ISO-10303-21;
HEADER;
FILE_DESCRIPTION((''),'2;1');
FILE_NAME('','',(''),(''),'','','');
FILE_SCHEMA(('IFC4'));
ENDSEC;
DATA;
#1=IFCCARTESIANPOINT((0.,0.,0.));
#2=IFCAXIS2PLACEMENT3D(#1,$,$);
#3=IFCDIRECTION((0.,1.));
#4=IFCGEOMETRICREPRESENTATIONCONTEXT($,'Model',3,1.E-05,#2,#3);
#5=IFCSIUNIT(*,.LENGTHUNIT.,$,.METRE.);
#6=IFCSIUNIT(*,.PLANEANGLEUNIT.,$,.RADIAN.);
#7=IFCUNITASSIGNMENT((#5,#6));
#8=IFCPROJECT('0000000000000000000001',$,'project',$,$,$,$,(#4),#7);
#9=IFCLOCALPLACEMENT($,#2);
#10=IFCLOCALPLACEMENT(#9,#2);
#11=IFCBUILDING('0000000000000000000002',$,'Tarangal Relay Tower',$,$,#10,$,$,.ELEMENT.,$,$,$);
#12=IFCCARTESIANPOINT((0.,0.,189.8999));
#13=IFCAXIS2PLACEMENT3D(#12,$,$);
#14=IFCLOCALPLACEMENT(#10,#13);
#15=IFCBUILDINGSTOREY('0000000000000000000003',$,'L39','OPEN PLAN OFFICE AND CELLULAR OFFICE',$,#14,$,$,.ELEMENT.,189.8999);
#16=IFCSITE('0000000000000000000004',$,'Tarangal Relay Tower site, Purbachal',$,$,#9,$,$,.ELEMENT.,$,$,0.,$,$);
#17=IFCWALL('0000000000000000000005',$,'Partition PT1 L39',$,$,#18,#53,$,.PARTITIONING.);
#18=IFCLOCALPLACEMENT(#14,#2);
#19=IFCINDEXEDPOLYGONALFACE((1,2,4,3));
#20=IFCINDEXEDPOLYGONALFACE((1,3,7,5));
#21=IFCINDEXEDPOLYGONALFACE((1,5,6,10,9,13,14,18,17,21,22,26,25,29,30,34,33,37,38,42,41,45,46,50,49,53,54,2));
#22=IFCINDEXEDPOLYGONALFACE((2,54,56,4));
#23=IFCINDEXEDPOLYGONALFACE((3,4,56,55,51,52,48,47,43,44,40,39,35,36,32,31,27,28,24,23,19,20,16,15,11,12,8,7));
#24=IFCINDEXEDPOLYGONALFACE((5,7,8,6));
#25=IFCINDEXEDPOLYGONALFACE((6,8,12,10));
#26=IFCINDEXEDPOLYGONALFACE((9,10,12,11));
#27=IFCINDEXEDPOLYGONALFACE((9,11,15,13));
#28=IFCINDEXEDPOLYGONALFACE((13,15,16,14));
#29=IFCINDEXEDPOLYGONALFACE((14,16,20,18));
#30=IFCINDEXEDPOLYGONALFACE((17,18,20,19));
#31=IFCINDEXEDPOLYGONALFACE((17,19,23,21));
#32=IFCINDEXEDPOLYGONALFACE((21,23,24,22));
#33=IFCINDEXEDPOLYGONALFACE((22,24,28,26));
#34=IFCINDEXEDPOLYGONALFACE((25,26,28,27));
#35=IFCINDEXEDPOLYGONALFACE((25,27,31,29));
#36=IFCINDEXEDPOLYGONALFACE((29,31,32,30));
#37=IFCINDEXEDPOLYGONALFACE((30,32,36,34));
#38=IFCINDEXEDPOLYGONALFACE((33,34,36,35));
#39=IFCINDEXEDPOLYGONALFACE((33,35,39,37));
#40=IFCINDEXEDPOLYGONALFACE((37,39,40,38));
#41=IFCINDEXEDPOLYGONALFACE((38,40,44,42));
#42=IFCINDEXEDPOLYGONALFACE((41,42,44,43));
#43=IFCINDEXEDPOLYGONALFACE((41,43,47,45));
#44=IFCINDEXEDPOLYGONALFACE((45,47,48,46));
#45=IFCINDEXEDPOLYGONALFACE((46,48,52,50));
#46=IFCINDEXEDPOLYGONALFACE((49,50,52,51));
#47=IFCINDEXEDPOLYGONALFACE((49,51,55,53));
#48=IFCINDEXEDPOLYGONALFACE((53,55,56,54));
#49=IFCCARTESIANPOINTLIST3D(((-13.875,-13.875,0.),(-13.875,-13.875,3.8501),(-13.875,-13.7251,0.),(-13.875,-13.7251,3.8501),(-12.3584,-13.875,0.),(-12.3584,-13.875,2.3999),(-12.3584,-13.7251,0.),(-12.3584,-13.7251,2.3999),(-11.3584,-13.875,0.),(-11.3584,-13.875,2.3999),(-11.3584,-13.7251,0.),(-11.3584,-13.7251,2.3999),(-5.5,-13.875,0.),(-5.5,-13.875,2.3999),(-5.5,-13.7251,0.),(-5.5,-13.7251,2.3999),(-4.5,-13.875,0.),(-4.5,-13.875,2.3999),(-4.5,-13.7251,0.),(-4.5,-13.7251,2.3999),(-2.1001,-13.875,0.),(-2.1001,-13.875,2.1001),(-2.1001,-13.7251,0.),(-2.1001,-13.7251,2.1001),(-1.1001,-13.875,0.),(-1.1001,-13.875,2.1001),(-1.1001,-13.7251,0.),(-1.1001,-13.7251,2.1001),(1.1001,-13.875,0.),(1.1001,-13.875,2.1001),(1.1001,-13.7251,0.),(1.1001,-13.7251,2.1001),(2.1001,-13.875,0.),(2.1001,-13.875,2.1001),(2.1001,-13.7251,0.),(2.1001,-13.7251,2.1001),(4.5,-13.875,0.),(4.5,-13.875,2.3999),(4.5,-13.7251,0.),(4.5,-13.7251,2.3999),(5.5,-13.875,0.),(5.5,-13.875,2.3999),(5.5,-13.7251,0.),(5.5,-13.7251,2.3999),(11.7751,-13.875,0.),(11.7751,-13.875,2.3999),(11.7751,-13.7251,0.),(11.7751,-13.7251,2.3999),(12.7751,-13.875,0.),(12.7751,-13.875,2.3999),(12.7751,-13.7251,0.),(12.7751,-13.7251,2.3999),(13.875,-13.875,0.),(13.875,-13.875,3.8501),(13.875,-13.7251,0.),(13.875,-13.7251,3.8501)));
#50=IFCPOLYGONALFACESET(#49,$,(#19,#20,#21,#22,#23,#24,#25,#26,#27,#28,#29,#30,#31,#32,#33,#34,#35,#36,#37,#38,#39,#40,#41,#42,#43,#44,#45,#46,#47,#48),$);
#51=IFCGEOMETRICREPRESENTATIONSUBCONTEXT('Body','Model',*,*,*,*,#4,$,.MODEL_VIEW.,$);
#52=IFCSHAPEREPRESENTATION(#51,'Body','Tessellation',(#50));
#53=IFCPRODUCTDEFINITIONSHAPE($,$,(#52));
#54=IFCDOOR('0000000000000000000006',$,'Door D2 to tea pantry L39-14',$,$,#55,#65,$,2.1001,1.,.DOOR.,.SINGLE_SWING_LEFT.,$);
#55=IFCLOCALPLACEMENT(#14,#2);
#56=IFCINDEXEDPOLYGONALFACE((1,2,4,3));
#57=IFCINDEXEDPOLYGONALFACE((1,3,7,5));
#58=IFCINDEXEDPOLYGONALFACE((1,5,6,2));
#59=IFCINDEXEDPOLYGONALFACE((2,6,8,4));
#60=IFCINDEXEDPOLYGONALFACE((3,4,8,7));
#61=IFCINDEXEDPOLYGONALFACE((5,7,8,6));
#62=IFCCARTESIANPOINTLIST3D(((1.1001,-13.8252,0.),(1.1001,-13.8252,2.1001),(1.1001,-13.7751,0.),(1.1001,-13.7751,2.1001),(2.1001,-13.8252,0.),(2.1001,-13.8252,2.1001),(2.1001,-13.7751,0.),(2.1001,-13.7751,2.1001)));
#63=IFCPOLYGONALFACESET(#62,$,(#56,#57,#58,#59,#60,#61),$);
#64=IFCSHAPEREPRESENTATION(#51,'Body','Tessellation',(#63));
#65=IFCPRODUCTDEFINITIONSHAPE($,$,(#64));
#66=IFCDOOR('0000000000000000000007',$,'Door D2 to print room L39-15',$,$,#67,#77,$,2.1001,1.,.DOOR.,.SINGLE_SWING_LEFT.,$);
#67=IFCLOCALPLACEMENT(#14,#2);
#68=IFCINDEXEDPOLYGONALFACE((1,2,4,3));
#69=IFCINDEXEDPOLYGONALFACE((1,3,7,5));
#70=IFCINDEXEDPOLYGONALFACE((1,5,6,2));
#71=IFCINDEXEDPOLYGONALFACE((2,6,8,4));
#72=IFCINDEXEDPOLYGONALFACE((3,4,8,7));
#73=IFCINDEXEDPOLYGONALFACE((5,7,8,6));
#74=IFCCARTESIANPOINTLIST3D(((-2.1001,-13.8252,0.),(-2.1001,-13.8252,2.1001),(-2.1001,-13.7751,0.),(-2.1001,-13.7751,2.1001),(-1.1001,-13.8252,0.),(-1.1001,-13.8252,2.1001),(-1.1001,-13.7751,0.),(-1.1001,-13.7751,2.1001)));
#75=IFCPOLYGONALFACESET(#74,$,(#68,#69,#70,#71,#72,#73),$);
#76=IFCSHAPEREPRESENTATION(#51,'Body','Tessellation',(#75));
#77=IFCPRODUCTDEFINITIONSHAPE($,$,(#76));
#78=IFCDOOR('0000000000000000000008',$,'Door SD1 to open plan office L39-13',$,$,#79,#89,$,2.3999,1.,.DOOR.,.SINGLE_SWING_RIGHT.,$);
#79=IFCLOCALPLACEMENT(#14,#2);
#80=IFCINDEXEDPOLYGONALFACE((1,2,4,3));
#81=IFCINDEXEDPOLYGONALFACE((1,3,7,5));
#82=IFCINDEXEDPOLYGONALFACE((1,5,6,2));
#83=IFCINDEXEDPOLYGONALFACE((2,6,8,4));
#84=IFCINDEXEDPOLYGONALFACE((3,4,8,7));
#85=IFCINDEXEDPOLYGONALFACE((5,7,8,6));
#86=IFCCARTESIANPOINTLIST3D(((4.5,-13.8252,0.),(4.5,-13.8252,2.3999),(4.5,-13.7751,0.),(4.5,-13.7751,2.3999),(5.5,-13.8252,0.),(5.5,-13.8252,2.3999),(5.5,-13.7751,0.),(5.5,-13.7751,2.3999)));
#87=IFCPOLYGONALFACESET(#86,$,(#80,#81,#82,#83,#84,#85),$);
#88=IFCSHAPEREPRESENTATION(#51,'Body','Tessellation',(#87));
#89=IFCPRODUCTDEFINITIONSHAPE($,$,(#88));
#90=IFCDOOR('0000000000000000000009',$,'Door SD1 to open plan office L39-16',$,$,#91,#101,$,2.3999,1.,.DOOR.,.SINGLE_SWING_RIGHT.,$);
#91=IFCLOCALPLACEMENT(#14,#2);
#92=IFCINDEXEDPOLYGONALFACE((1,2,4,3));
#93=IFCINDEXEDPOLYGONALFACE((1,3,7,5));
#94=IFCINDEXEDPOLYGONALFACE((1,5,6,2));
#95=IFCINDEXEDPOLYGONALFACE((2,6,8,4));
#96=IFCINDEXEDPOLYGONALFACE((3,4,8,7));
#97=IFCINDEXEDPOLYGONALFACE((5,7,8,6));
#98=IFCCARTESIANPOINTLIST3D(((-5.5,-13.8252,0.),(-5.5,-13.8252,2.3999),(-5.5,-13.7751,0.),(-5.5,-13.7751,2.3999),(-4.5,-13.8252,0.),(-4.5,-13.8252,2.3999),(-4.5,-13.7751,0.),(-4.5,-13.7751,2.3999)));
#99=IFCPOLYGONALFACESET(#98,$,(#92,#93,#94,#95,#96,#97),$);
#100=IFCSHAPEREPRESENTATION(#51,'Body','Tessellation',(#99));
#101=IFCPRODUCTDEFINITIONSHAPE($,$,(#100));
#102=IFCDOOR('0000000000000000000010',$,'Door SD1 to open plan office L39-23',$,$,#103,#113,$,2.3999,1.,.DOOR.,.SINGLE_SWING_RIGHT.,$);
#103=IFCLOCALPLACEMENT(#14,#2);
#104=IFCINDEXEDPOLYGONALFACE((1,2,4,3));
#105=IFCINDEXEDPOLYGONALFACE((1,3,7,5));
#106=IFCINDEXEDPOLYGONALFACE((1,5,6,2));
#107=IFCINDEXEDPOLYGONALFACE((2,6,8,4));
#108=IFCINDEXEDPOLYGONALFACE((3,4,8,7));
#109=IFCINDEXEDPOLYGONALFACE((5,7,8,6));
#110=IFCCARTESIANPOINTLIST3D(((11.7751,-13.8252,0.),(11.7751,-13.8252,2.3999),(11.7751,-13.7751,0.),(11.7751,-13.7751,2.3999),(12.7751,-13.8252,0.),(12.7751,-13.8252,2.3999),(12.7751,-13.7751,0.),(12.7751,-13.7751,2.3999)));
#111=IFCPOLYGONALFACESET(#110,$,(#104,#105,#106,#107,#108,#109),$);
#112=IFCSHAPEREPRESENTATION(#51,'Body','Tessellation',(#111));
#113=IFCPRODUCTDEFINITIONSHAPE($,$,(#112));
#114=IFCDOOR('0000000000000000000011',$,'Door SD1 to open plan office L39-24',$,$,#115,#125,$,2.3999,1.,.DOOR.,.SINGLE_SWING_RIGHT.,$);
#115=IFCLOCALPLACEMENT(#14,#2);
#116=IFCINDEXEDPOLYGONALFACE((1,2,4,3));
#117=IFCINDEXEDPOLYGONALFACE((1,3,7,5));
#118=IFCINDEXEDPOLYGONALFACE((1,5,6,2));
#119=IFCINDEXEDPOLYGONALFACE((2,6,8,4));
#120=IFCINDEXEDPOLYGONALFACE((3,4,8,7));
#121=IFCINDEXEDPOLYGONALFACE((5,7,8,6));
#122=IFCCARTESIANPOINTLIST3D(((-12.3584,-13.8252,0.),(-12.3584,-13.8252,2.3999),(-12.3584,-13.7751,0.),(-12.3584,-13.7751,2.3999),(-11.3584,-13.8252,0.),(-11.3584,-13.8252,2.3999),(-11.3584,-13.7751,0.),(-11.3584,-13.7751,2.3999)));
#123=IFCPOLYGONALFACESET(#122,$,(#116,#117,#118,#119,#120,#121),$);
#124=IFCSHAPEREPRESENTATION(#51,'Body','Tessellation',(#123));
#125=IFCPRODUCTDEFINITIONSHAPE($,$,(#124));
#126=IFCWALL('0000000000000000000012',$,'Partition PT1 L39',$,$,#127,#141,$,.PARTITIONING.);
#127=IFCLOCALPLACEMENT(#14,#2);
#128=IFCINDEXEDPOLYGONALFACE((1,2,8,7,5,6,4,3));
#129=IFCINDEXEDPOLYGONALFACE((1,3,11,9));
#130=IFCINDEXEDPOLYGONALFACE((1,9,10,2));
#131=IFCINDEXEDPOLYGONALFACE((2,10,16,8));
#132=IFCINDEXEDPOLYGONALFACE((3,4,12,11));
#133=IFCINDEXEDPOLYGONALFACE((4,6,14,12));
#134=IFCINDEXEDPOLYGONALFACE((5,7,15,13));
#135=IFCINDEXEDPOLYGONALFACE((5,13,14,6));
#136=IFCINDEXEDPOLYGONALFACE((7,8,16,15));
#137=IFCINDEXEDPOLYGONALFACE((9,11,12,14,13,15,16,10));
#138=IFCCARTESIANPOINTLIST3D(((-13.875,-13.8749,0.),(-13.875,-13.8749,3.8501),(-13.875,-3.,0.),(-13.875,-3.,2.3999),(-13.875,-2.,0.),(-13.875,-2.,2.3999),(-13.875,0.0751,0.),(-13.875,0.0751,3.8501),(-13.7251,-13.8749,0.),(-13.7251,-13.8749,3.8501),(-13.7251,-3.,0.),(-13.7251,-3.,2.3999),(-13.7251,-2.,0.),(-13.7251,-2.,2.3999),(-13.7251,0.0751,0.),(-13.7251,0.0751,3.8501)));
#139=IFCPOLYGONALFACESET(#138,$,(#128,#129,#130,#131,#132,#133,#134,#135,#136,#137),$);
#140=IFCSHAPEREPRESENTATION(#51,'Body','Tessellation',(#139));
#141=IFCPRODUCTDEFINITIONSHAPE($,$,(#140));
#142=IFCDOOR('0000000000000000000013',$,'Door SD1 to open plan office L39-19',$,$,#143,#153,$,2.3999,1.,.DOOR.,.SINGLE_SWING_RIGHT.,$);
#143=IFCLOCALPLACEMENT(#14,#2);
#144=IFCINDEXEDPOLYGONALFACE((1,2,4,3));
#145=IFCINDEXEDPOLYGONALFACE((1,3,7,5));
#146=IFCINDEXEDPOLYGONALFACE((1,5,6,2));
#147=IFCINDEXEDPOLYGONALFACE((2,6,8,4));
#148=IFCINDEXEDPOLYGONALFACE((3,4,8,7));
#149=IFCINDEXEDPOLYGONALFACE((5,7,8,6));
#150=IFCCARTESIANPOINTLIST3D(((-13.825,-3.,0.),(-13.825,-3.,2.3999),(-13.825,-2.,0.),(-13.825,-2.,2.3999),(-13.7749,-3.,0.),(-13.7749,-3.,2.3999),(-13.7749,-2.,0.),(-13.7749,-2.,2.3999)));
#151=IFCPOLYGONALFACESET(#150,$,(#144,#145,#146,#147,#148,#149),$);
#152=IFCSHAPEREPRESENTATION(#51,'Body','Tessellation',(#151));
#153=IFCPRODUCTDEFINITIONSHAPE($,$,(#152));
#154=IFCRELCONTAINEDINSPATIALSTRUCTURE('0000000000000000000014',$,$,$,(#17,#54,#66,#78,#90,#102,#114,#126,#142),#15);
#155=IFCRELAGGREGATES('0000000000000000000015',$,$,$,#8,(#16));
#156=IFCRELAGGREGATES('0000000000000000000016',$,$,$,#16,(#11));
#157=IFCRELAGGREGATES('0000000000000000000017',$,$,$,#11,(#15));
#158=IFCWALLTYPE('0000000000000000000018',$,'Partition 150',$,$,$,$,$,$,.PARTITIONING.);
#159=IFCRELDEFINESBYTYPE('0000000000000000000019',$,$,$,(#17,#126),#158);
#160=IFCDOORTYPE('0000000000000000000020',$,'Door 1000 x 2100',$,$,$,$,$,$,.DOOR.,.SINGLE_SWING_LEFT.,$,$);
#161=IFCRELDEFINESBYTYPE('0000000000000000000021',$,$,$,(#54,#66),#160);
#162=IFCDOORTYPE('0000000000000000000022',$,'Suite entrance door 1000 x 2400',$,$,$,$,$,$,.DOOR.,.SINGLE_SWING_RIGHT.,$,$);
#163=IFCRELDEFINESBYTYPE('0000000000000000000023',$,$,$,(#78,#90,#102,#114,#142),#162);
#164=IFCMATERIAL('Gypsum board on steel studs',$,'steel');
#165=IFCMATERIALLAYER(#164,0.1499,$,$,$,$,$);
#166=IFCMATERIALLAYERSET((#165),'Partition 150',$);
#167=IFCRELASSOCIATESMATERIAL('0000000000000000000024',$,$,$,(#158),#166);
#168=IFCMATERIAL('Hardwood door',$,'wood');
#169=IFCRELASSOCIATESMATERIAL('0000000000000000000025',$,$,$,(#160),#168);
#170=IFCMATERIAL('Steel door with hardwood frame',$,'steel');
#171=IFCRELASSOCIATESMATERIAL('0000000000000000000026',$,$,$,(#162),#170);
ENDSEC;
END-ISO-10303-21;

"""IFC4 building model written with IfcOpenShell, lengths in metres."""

from ifc_helpers import new_model, si_unit, direction, frame, frame_2d, origin, place, context, subcontext, project, spatial, rectangle, extrude, material, layer, layer_set, type_object, element, fill, save


model = new_model("IFC4")

# Units and contexts
model_context = context("Model", 3, precision=1e-05, world=origin(), true_north=direction((0.0, 1.0)))
body_context = subcontext(model_context, "Body", "Model", "MODEL_VIEW")
ifc_project = project(units=[si_unit("LENGTHUNIT", "METRE"), si_unit("PLANEANGLEUNIT", "RADIAN")], contexts=[model_context])

# Site, building, storey
site_placement = place(None, origin())
site = spatial("IfcSite", under=ifc_project, at=site_placement, Name="Tarangal Relay Tower site, Purbachal", CompositionType="ELEMENT", RefElevation=0.0)
building_placement = place(site_placement, origin())
building = spatial("IfcBuilding", under=site, at=building_placement, Name="Tarangal Relay Tower", CompositionType="ELEMENT")
storey_placement = place(building_placement, frame((0.0, 0.0, 189.8999)))
storey = spatial("IfcBuildingStorey", under=building, at=storey_placement, Name="L39", Description="OPEN PLAN OFFICE AND CELLULAR OFFICE", CompositionType="ELEMENT", Elevation=189.8999)

# Wall, openings, doors
ifc_material_1 = material(Name="Gypsum board on steel studs", Category="steel")
ifc_layer_1 = layer(ifc_material_1, 0.1499)
ifc_layer_set_1 = layer_set([ifc_layer_1], Name="Partition 150")
wall_type_1 = type_object("IfcWallType", Name="Partition 150", PredefinedType="PARTITIONING", material=ifc_layer_set_1)
wall_1_placement = place(storey_placement, frame((-13.875, -13.8, 0.0), z_axis=(0.0, 0.0, 1.0), x_axis=(1.0, 0.0, 0.0)))
wall_1 = element("IfcWall", 1, at=wall_1_placement, inside=storey, type_object=wall_type_1, Name="Partition PT1 L39", PredefinedType="PARTITIONING", context=body_context, shape_type="SweptSolid", body=[
    extrude(rectangle(XDim=27.75, YDim=0.1499, at=frame_2d((13.875, 0.0))), origin(), (0.0, 0.0, 1.0), 3.8501),
])
opening_1_placement = place(wall_1_placement, frame((18.375, 0.0, 0.0)))
opening_1 = element("IfcOpeningElement", 2, at=opening_1_placement, cuts=wall_1, PredefinedType="OPENING", context=body_context, shape_type="SweptSolid", body=[
    extrude(rectangle(XDim=1.0, YDim=2.3999, at=frame_2d((0.5, 1.2))), frame((0.0, 0.085, 0.0), z_axis=(0.0, -1.0, 0.0), x_axis=(1.0, 0.0, 0.0)), (0.0, 0.0, 1.0), 0.1699),
])
opening_2_placement = place(wall_1_placement, frame((14.9751, 0.0, 0.0)))
opening_2 = element("IfcOpeningElement", 3, at=opening_2_placement, cuts=wall_1, PredefinedType="OPENING", context=body_context, shape_type="SweptSolid", body=[
    extrude(rectangle(XDim=1.0, YDim=2.1001, at=frame_2d((0.5, 1.05))), frame((0.0, 0.085, 0.0), z_axis=(0.0, -1.0, 0.0), x_axis=(1.0, 0.0, 0.0)), (0.0, 0.0, 1.0), 0.1699),
])
opening_3_placement = place(wall_1_placement, frame((11.7749, 0.0, 0.0)))
opening_3 = element("IfcOpeningElement", 4, at=opening_3_placement, cuts=wall_1, PredefinedType="OPENING", context=body_context, shape_type="SweptSolid", body=[
    extrude(rectangle(XDim=1.0, YDim=2.1001, at=frame_2d((0.5, 1.05))), frame((0.0, 0.085, 0.0), z_axis=(0.0, -1.0, 0.0), x_axis=(1.0, 0.0, 0.0)), (0.0, 0.0, 1.0), 0.1699),
])
opening_4_placement = place(wall_1_placement, frame((8.375, 0.0, 0.0)))
opening_4 = element("IfcOpeningElement", 5, at=opening_4_placement, cuts=wall_1, PredefinedType="OPENING", context=body_context, shape_type="SweptSolid", body=[
    extrude(rectangle(XDim=1.0, YDim=2.3999, at=frame_2d((0.5, 1.2))), frame((0.0, 0.085, 0.0), z_axis=(0.0, -1.0, 0.0), x_axis=(1.0, 0.0, 0.0)), (0.0, 0.0, 1.0), 0.1699),
])
opening_5_placement = place(wall_1_placement, frame((25.6501, 0.0, 0.0)))
opening_5 = element("IfcOpeningElement", 6, at=opening_5_placement, cuts=wall_1, PredefinedType="OPENING", context=body_context, shape_type="SweptSolid", body=[
    extrude(rectangle(XDim=1.0, YDim=2.3999, at=frame_2d((0.5, 1.2))), frame((0.0, 0.085, 0.0), z_axis=(0.0, -1.0, 0.0), x_axis=(1.0, 0.0, 0.0)), (0.0, 0.0, 1.0), 0.1699),
])
opening_6_placement = place(wall_1_placement, frame((1.5166, 0.0, 0.0)))
opening_6 = element("IfcOpeningElement", 7, at=opening_6_placement, cuts=wall_1, PredefinedType="OPENING", context=body_context, shape_type="SweptSolid", body=[
    extrude(rectangle(XDim=1.0, YDim=2.3999, at=frame_2d((0.5, 1.2))), frame((0.0, 0.085, 0.0), z_axis=(0.0, -1.0, 0.0), x_axis=(1.0, 0.0, 0.0)), (0.0, 0.0, 1.0), 0.1699),
])
ifc_material_2 = material(Name="Hardwood door", Category="wood")
door_type_1 = type_object("IfcDoorType", Name="Door 1000 x 2100", OperationType="SINGLE_SWING_LEFT", PredefinedType="DOOR", material=ifc_material_2)
door_1_placement = place(opening_2_placement, origin())
door_1 = element("IfcDoor", 8, at=door_1_placement, inside=storey, type_object=door_type_1, Name="Door D2 to tea pantry L39-14", OperationType="SINGLE_SWING_LEFT", OverallHeight=2.1001, OverallWidth=1.0, PredefinedType="DOOR", context=body_context, shape_type="SweptSolid", body=[
    extrude(rectangle(XDim=1.0, YDim=2.1001, at=frame_2d((0.5, 1.05))), frame((0.0, 0.0249, 0.0), z_axis=(0.0, -1.0, 0.0), x_axis=(1.0, 0.0, 0.0)), (0.0, 0.0, 1.0), 0.05),
])
fill(opening_2, door_1)
door_2_placement = place(opening_3_placement, origin())
door_2 = element("IfcDoor", 9, at=door_2_placement, inside=storey, type_object=door_type_1, Name="Door D2 to print room L39-15", OperationType="SINGLE_SWING_LEFT", OverallHeight=2.1001, OverallWidth=1.0, PredefinedType="DOOR", context=body_context, shape_type="SweptSolid", body=[
    extrude(rectangle(XDim=1.0, YDim=2.1001, at=frame_2d((0.5, 1.05))), frame((0.0, 0.0249, 0.0), z_axis=(0.0, -1.0, 0.0), x_axis=(1.0, 0.0, 0.0)), (0.0, 0.0, 1.0), 0.05),
])
fill(opening_3, door_2)
ifc_material_3 = material(Name="Steel door with hardwood frame", Category="steel")
door_type_2 = type_object("IfcDoorType", Name="Suite entrance door 1000 x 2400", OperationType="SINGLE_SWING_RIGHT", PredefinedType="DOOR", material=ifc_material_3)
door_3_placement = place(opening_1_placement, origin())
door_3 = element("IfcDoor", 10, at=door_3_placement, inside=storey, type_object=door_type_2, Name="Door SD1 to open plan office L39-13", OperationType="SINGLE_SWING_RIGHT", OverallHeight=2.3999, OverallWidth=1.0, PredefinedType="DOOR", context=body_context, shape_type="SweptSolid", body=[
    extrude(rectangle(XDim=1.0, YDim=2.3999, at=frame_2d((0.5, 1.2))), frame((0.0, 0.0249, 0.0), z_axis=(0.0, -1.0, 0.0), x_axis=(1.0, 0.0, 0.0)), (0.0, 0.0, 1.0), 0.05),
])
fill(opening_1, door_3)
door_4_placement = place(opening_4_placement, origin())
door_4 = element("IfcDoor", 11, at=door_4_placement, inside=storey, type_object=door_type_2, Name="Door SD1 to open plan office L39-16", OperationType="SINGLE_SWING_RIGHT", OverallHeight=2.3999, OverallWidth=1.0, PredefinedType="DOOR", context=body_context, shape_type="SweptSolid", body=[
    extrude(rectangle(XDim=1.0, YDim=2.3999, at=frame_2d((0.5, 1.2))), frame((0.0, 0.0249, 0.0), z_axis=(0.0, -1.0, 0.0), x_axis=(1.0, 0.0, 0.0)), (0.0, 0.0, 1.0), 0.05),
])
fill(opening_4, door_4)
door_5_placement = place(opening_5_placement, origin())
door_5 = element("IfcDoor", 12, at=door_5_placement, inside=storey, type_object=door_type_2, Name="Door SD1 to open plan office L39-23", OperationType="SINGLE_SWING_RIGHT", OverallHeight=2.3999, OverallWidth=1.0, PredefinedType="DOOR", context=body_context, shape_type="SweptSolid", body=[
    extrude(rectangle(XDim=1.0, YDim=2.3999, at=frame_2d((0.5, 1.2))), frame((0.0, 0.0249, 0.0), z_axis=(0.0, -1.0, 0.0), x_axis=(1.0, 0.0, 0.0)), (0.0, 0.0, 1.0), 0.05),
])
fill(opening_5, door_5)
door_6_placement = place(opening_6_placement, origin())
door_6 = element("IfcDoor", 13, at=door_6_placement, inside=storey, type_object=door_type_2, Name="Door SD1 to open plan office L39-24", OperationType="SINGLE_SWING_RIGHT", OverallHeight=2.3999, OverallWidth=1.0, PredefinedType="DOOR", context=body_context, shape_type="SweptSolid", body=[
    extrude(rectangle(XDim=1.0, YDim=2.3999, at=frame_2d((0.5, 1.2))), frame((0.0, 0.0249, 0.0), z_axis=(0.0, -1.0, 0.0), x_axis=(1.0, 0.0, 0.0)), (0.0, 0.0, 1.0), 0.05),
])
fill(opening_6, door_6)

# Wall, opening, door
wall_2_placement = place(storey_placement, frame((-13.8, -13.875, 0.0), z_axis=(0.0, 0.0, 1.0), x_axis=(0.0, 1.0, 0.0)))
wall_2 = element("IfcWall", 14, at=wall_2_placement, inside=storey, type_object=wall_type_1, Name="Partition PT1 L39", PredefinedType="PARTITIONING", context=body_context, shape_type="SweptSolid", body=[
    extrude(rectangle(XDim=13.95, YDim=0.1499, at=frame_2d((6.9751, 0.0))), origin(), (0.0, 0.0, 1.0), 3.8501),
])
opening_7_placement = place(wall_2_placement, frame((10.875, 0.0, 0.0)))
opening_7 = element("IfcOpeningElement", 15, at=opening_7_placement, cuts=wall_2, PredefinedType="OPENING", context=body_context, shape_type="SweptSolid", body=[
    extrude(rectangle(XDim=1.0, YDim=2.3999, at=frame_2d((0.5, 1.2))), frame((0.0, 0.085, 0.0), z_axis=(0.0, -1.0, 0.0), x_axis=(1.0, 0.0, 0.0)), (0.0, 0.0, 1.0), 0.1699),
])
door_7_placement = place(opening_7_placement, origin())
door_7 = element("IfcDoor", 16, at=door_7_placement, inside=storey, type_object=door_type_2, Name="Door SD1 to open plan office L39-19", OperationType="SINGLE_SWING_RIGHT", OverallHeight=2.3999, OverallWidth=1.0, PredefinedType="DOOR", context=body_context, shape_type="SweptSolid", body=[
    extrude(rectangle(XDim=1.0, YDim=2.3999, at=frame_2d((0.5, 1.2))), frame((0.0, 0.0249, 0.0), z_axis=(0.0, -1.0, 0.0), x_axis=(1.0, 0.0, 0.0)), (0.0, 0.0, 1.0), 0.05),
])
fill(opening_7, door_7)

save(model, "model.ifc")
